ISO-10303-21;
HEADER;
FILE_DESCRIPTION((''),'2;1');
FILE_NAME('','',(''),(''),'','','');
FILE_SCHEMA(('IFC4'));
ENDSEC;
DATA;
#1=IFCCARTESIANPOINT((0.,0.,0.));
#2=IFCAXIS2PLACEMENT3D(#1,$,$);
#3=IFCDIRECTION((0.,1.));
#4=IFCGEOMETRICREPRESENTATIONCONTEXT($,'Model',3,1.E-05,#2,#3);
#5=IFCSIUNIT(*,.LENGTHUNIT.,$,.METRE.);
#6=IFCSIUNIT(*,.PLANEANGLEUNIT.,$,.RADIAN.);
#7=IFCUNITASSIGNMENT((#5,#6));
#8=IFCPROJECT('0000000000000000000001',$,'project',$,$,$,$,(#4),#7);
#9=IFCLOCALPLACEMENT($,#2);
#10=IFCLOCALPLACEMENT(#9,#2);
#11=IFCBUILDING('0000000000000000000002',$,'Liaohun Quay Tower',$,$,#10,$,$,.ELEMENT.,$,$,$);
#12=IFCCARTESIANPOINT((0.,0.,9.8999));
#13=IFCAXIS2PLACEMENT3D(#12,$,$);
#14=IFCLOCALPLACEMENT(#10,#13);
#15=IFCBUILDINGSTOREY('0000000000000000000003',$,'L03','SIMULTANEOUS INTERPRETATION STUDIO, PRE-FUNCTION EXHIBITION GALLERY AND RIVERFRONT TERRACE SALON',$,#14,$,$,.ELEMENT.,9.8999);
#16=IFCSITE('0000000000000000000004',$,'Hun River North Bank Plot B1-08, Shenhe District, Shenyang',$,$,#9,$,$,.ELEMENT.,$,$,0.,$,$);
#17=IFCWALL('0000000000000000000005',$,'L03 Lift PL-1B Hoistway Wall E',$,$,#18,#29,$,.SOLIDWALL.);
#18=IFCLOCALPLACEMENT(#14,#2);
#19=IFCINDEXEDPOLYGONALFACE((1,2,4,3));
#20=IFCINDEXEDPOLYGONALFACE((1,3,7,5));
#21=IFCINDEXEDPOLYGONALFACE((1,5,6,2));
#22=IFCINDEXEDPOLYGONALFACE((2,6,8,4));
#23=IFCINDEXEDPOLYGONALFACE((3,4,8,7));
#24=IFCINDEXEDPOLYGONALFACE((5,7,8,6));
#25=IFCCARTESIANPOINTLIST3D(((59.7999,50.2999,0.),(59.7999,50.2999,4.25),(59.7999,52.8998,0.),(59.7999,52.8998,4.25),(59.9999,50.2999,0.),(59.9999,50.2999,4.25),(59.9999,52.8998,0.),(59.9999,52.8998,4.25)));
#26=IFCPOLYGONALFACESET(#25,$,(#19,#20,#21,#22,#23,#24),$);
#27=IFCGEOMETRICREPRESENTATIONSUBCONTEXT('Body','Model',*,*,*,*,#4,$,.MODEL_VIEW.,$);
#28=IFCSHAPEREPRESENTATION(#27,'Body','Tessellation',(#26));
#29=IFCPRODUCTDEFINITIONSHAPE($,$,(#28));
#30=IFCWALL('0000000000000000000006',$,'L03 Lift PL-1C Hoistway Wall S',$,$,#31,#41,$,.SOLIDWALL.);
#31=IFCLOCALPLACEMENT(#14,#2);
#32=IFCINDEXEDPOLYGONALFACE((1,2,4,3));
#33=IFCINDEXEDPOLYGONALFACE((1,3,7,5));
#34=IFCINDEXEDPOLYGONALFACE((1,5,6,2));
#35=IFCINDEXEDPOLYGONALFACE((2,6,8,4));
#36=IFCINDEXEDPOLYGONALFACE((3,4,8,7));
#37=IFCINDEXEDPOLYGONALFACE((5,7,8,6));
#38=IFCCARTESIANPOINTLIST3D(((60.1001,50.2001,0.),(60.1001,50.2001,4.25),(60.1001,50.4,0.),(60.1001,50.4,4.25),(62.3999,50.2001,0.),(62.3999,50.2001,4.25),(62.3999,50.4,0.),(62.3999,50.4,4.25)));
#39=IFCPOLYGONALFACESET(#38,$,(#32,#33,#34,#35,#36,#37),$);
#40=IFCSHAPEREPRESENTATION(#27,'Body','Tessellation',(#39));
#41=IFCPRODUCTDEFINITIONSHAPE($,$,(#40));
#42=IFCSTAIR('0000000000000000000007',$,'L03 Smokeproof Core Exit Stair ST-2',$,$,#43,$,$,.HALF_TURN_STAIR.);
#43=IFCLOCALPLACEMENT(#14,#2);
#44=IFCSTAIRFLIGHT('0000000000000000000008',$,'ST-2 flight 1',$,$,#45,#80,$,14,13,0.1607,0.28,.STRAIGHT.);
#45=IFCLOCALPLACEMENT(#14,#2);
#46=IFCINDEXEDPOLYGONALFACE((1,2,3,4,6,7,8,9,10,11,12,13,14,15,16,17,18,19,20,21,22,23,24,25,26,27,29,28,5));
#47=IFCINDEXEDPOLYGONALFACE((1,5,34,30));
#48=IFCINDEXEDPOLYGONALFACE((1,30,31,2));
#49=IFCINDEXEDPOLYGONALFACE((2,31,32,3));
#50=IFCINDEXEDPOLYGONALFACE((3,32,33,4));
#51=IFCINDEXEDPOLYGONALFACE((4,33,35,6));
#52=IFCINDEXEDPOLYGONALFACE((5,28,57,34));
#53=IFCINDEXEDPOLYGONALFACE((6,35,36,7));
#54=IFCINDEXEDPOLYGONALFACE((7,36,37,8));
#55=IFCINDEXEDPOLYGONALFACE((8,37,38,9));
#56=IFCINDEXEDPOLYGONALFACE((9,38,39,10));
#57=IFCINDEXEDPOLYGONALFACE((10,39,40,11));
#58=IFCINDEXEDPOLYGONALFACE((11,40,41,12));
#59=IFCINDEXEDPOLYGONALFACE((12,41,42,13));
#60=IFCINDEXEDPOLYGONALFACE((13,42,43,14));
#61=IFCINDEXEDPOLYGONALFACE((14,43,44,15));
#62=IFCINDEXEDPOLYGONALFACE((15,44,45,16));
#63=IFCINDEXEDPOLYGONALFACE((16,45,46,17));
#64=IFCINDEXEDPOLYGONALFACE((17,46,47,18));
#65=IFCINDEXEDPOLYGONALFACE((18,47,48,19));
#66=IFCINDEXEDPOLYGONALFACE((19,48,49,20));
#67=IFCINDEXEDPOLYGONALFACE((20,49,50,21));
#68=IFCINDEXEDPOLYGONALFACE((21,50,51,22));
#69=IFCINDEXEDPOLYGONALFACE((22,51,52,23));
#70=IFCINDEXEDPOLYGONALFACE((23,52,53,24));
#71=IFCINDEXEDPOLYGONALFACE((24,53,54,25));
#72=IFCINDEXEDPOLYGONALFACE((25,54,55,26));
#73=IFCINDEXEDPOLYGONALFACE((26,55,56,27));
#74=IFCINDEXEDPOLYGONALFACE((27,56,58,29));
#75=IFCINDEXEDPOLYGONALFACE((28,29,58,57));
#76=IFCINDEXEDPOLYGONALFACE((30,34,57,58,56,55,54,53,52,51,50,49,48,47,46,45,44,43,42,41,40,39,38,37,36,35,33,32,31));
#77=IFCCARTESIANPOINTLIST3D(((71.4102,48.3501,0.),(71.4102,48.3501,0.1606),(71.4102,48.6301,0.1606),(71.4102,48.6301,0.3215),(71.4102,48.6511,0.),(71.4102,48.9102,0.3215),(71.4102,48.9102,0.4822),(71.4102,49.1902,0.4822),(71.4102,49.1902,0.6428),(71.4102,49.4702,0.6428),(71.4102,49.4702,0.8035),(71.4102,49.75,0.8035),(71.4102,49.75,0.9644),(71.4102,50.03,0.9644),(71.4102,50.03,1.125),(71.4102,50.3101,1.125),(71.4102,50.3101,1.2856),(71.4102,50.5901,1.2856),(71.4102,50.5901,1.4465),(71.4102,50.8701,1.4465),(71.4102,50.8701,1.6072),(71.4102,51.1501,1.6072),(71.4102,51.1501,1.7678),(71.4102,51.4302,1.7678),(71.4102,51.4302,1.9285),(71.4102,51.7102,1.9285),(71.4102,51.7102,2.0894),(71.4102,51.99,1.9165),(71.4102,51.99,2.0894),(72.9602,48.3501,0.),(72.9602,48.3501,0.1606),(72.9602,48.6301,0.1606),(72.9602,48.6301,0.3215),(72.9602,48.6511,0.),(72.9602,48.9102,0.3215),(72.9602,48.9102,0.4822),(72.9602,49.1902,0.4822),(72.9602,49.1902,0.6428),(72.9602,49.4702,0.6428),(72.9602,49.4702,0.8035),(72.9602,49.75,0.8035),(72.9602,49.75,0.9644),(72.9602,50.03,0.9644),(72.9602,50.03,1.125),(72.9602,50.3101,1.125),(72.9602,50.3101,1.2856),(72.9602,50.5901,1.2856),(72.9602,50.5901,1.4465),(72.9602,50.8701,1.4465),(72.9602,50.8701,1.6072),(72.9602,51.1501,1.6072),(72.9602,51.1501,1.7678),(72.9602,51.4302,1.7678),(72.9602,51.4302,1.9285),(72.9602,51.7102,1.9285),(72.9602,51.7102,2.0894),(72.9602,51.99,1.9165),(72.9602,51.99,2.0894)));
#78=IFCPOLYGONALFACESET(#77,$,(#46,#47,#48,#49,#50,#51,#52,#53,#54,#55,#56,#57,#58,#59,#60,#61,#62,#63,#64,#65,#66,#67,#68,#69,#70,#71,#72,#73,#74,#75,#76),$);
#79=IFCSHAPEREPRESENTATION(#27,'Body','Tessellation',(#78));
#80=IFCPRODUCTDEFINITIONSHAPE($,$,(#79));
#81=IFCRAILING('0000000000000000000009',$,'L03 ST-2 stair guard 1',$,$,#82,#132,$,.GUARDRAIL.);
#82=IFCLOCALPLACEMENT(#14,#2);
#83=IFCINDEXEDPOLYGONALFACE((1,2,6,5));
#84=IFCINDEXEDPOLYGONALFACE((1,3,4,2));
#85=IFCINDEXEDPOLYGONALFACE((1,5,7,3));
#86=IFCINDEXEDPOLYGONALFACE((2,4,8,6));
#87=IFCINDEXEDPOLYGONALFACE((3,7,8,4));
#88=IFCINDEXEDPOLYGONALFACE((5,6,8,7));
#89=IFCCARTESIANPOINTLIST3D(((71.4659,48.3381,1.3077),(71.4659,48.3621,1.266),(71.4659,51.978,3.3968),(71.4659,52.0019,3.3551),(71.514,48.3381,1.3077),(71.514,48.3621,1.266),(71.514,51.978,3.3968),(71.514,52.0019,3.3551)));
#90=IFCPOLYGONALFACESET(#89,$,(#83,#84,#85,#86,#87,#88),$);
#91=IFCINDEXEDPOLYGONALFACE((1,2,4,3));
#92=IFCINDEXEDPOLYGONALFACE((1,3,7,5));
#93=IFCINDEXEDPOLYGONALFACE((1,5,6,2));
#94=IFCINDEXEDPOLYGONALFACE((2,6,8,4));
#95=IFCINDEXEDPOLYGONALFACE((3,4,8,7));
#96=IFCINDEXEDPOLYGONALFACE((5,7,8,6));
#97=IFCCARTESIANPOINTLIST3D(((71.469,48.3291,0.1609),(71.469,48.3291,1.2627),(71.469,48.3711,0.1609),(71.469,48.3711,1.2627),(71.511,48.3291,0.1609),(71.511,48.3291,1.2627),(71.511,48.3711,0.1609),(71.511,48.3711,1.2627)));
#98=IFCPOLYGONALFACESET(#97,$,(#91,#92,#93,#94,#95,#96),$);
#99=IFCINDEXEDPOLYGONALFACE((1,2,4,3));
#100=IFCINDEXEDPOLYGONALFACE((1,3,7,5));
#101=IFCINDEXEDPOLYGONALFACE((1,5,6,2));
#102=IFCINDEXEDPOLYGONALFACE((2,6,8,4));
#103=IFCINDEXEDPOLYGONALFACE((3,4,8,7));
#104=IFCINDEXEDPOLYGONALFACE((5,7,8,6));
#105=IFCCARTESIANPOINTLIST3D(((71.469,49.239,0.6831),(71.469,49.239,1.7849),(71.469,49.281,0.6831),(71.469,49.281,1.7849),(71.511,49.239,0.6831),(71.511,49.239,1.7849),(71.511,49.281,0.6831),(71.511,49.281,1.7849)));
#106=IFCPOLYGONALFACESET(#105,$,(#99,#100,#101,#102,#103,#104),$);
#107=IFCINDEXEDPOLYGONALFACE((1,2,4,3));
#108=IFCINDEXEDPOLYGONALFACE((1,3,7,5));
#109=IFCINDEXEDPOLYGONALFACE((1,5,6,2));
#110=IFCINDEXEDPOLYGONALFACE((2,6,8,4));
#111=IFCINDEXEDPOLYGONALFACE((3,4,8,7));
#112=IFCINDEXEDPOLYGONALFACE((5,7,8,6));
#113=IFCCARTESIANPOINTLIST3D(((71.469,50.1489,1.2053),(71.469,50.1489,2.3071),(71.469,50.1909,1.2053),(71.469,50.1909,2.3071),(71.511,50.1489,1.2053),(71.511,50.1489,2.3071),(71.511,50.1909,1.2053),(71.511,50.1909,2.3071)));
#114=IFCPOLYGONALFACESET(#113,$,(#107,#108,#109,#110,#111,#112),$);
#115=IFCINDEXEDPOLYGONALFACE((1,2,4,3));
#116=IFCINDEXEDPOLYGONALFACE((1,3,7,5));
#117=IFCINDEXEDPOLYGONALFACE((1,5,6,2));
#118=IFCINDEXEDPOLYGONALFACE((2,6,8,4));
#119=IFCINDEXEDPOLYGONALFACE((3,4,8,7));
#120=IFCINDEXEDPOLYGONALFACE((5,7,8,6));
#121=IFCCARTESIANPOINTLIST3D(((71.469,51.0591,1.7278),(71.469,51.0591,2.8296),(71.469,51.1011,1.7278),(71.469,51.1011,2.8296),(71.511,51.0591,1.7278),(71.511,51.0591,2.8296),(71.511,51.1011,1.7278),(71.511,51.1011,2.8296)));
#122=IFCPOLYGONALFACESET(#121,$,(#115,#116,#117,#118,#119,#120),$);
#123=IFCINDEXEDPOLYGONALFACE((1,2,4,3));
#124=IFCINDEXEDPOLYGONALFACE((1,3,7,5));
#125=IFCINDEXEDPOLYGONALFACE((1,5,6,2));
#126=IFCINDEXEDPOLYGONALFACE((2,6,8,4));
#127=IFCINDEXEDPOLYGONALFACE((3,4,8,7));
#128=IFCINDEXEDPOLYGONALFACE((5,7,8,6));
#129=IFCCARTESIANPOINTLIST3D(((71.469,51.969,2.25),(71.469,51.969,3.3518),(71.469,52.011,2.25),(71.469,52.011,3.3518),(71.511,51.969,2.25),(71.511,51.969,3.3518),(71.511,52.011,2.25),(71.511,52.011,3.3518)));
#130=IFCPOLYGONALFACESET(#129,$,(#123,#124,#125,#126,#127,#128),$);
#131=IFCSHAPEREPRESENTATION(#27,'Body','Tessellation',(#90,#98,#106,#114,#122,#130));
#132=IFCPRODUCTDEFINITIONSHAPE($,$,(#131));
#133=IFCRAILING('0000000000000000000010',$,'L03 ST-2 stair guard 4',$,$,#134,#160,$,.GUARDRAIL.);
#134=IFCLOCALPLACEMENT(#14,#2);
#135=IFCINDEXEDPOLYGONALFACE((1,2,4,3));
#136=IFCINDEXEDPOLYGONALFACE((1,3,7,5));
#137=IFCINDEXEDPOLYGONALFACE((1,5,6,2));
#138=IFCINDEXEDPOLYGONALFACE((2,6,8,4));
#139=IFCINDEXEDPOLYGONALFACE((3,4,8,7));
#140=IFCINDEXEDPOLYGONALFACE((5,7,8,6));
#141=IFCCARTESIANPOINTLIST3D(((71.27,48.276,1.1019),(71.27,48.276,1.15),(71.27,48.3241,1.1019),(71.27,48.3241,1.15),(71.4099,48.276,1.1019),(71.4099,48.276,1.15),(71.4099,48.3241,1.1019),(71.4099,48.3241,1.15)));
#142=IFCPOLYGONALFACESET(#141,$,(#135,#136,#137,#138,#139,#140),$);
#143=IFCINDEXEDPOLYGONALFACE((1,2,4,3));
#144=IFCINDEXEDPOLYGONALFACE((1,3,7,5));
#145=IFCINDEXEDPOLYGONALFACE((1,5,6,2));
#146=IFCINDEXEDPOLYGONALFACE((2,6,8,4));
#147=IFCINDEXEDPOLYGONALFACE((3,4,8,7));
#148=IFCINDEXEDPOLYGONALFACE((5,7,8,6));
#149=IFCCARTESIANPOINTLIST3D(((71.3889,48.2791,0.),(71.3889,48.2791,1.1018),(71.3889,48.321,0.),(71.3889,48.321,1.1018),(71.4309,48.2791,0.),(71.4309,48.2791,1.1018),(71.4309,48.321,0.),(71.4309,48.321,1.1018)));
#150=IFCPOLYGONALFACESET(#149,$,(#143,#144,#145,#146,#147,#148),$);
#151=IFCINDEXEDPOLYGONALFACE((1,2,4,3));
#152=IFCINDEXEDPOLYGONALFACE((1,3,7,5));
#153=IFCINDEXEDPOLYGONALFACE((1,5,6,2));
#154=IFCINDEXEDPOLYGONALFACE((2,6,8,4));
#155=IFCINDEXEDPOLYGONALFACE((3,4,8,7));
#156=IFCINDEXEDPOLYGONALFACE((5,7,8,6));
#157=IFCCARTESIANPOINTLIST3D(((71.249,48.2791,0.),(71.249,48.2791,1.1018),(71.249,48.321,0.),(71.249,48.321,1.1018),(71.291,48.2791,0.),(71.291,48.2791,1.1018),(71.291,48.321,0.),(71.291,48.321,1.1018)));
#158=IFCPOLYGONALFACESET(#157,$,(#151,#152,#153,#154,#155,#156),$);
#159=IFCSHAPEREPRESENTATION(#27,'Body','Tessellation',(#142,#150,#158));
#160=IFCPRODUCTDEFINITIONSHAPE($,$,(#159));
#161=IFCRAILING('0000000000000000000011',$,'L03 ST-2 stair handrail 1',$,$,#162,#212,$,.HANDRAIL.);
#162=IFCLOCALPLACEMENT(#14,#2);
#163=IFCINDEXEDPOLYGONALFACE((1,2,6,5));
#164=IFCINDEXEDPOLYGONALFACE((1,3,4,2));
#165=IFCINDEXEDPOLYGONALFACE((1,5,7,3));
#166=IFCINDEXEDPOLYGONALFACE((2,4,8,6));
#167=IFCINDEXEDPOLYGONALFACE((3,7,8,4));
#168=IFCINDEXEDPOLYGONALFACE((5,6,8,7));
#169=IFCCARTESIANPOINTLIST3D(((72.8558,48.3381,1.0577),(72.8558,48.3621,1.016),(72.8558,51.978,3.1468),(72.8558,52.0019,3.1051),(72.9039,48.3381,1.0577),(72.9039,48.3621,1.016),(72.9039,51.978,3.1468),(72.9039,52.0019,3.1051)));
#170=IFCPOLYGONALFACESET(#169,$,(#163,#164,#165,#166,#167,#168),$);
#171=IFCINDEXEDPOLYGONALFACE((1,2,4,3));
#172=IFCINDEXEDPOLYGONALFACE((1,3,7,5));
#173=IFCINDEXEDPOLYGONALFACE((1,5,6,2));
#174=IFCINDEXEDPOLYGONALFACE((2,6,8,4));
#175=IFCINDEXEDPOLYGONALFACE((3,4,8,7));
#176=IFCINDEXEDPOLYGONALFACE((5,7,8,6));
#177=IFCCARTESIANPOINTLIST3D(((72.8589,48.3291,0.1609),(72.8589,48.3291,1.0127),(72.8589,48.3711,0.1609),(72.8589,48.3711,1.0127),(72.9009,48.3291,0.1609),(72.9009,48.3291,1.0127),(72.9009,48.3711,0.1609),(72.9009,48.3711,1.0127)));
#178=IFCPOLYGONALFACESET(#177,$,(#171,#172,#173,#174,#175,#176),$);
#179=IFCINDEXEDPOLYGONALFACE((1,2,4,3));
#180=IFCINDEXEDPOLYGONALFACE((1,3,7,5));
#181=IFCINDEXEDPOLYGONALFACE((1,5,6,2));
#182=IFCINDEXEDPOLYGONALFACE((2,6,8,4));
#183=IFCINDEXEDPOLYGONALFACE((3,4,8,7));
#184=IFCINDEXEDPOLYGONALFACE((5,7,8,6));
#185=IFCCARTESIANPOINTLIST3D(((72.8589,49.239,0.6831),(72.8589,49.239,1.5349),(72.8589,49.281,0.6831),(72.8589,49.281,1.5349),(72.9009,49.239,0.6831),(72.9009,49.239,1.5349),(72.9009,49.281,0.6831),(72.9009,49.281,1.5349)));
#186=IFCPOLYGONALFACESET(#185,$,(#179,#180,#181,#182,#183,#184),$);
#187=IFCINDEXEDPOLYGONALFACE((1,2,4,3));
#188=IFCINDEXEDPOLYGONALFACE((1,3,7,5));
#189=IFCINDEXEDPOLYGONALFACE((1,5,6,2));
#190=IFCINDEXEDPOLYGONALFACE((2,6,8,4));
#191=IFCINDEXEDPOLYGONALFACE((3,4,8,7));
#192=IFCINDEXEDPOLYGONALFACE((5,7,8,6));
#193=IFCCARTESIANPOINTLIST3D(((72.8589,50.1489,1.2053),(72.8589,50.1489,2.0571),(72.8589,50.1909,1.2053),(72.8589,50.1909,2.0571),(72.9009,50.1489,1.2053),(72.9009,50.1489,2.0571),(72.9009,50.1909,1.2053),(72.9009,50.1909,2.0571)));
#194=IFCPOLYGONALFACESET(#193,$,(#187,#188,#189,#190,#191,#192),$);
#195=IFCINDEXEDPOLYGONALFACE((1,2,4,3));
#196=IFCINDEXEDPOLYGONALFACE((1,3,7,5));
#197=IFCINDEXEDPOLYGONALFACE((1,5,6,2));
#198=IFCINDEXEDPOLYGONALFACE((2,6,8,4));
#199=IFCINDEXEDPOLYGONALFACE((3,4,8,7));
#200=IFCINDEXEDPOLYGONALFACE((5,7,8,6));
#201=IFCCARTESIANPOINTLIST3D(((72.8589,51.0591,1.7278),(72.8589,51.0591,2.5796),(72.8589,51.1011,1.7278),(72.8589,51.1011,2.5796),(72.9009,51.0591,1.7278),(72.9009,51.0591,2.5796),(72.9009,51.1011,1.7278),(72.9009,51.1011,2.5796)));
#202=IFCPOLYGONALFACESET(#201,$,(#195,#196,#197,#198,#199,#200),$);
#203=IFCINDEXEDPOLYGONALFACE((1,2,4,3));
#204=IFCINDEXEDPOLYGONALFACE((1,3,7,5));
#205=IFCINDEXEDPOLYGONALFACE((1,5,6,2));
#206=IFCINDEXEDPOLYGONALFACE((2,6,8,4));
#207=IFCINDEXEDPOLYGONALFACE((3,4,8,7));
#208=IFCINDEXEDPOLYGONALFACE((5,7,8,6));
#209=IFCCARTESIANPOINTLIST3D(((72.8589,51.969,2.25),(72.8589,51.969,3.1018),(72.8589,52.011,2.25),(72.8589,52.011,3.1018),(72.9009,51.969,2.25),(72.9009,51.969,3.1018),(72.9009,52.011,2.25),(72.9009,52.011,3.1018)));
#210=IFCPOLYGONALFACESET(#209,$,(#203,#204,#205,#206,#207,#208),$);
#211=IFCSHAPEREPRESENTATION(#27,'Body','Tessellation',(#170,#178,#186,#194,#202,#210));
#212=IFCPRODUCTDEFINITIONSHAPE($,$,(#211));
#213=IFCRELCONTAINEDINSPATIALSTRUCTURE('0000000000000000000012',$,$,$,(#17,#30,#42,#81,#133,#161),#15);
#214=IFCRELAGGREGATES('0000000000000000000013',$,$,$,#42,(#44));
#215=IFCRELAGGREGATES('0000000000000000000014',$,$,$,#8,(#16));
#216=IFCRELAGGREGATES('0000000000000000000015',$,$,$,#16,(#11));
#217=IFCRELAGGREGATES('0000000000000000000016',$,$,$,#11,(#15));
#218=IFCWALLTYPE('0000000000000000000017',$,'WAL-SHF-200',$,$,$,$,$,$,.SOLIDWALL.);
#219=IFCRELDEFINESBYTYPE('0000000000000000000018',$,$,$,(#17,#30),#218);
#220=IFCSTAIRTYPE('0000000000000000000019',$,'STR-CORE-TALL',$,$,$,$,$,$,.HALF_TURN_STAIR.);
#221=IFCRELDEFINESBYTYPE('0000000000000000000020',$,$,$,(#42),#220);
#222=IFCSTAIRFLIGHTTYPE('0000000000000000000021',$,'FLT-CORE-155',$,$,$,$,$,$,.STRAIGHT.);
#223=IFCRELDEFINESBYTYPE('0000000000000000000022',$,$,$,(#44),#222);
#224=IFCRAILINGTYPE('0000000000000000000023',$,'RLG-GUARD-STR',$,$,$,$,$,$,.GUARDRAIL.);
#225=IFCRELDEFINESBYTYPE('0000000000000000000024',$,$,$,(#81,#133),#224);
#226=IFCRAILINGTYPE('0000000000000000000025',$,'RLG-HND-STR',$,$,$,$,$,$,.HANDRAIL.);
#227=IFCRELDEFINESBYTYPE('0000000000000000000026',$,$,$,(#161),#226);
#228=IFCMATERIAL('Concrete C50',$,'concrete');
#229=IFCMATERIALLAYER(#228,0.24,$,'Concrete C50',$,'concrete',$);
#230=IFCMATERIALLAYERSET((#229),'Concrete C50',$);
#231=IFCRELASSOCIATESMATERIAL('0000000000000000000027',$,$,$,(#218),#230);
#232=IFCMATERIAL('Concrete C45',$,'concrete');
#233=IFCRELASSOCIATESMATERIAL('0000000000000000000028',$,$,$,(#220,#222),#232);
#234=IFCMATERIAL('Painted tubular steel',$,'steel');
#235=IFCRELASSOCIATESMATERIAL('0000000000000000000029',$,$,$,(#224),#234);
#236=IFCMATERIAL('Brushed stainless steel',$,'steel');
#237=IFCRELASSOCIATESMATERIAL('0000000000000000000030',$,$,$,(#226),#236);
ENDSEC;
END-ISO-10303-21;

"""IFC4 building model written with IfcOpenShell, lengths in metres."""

from ifc_helpers import new_model, si_unit, direction, frame, frame_2d, origin, origin_2d, place, context, subcontext, project, spatial, polyline, rectangle, outline, extrude, material, layer, layer_set, type_object, element, aggregate, save


model = new_model("IFC4")

# Units and contexts
model_context = context("Model", 3, precision=1e-05, world=origin(), true_north=direction((0.0, 1.0)))
body_context = subcontext(model_context, "Body", "Model", "MODEL_VIEW")
ifc_project = project(units=[si_unit("LENGTHUNIT", "METRE"), si_unit("PLANEANGLEUNIT", "RADIAN")], contexts=[model_context])

# Site, building, storey
site_placement = place(None, origin())
site = spatial("IfcSite", under=ifc_project, at=site_placement, Name="Hun River North Bank Plot B1-08, Shenhe District, Shenyang", CompositionType="ELEMENT", RefElevation=0.0)
building_placement = place(site_placement, origin())
building = spatial("IfcBuilding", under=site, at=building_placement, Name="Liaohun Quay Tower", CompositionType="ELEMENT")
storey_placement = place(building_placement, frame((0.0, 0.0, 9.8999)))
storey = spatial("IfcBuildingStorey", under=building, at=storey_placement, Name="L03", Description="SIMULTANEOUS INTERPRETATION STUDIO, PRE-FUNCTION EXHIBITION GALLERY AND RIVERFRONT TERRACE SALON", CompositionType="ELEMENT", Elevation=9.8999)

# Shared definitions
ifc_material_1 = material(Name="Concrete C50", Category="concrete")
ifc_layer_1 = layer(ifc_material_1, 0.24, Name="Concrete C50", Category="concrete")
ifc_layer_set_1 = layer_set([ifc_layer_1], Name="Concrete C50")
wall_type_1 = type_object("IfcWallType", Name="WAL-SHF-200", PredefinedType="SOLIDWALL", material=ifc_layer_set_1)

# Walls
wall_1_placement = place(storey_placement, frame((59.8999, 50.3, 0.0), z_axis=(0.0, 0.0, 1.0), x_axis=(0.0, 1.0, 0.0)))
element("IfcWall", 1, at=wall_1_placement, inside=storey, type_object=wall_type_1, Name="L03 Lift PL-1B Hoistway Wall E", PredefinedType="SOLIDWALL", context=body_context, shape_type="SweptSolid", body=[
    extrude(rectangle(XDim=2.5999, YDim=0.2, at=frame_2d((1.2998, 0.0))), origin(), (0.0, 0.0, 1.0), 4.25),
])
wall_2_placement = place(storey_placement, frame((60.1001, 50.3, 0.0), z_axis=(0.0, 0.0, 1.0), x_axis=(1.0, 0.0, 0.0)))
element("IfcWall", 2, at=wall_2_placement, inside=storey, type_object=wall_type_1, Name="L03 Lift PL-1C Hoistway Wall S", PredefinedType="SOLIDWALL", context=body_context, shape_type="SweptSolid", body=[
    extrude(rectangle(XDim=2.2998, YDim=0.2, at=frame_2d((1.1499, 0.0))), origin(), (0.0, 0.0, 1.0), 4.25),
])

# Stair, stair flight
ifc_material_2 = material(Name="Concrete C45", Category="concrete")
stair_type = type_object("IfcStairType", Name="STR-CORE-TALL", PredefinedType="HALF_TURN_STAIR", material=ifc_material_2)
stair_placement = place(storey_placement, origin())
stair = element("IfcStair", 3, at=stair_placement, inside=storey, type_object=stair_type, Name="L03 Smokeproof Core Exit Stair ST-2", PredefinedType="HALF_TURN_STAIR")
stair_flight_type = type_object("IfcStairFlightType", Name="FLT-CORE-155", PredefinedType="STRAIGHT", material=ifc_material_2)
stair_flight_placement = place(storey_placement, frame((72.1851, 48.3501, 0.0), z_axis=(0.0, 0.0, 1.0), x_axis=(0.0, 1.0, 0.0)))
stair_flight = element("IfcStairFlight", 4, at=stair_flight_placement, type_object=stair_flight_type, Name="ST-2 flight 1", NumberOfRisers=14, NumberOfTreads=13, PredefinedType="STRAIGHT", RiserHeight=0.1607, TreadLength=0.28, context=body_context, shape_type="SweptSolid", body=[
    extrude(outline(polyline([(0.0, 0.0), (0.0, 0.1606), (0.28, 0.1606), (0.28, 0.3215), (0.5601, 0.3215), (0.5601, 0.4822), (0.8401, 0.4822), (0.8401, 0.6428), (1.1201, 0.6428), (1.1201, 0.8035), (1.3999, 0.8035), (1.3999, 0.9644), (1.6799, 0.9644), (1.6799, 1.125), (1.96, 1.125), (1.96, 1.2856), (2.24, 1.2856), (2.24, 1.4465), (2.52, 1.4465), (2.52, 1.6072), (2.8, 1.6072), (2.8, 1.7678), (3.0801, 1.7678), (3.0801, 1.9285), (3.3601, 1.9285), (3.3601, 2.0894), (3.6399, 2.0894), (3.6399, 2.25), (3.6399, 1.9165), (0.301, 0.0), (0.0, 0.0)])), frame((0.0, 0.7749, 0.0), z_axis=(0.0, -1.0, 0.0), x_axis=(1.0, 0.0, 0.0)), (0.0, 0.0, 1.0), 1.55),
])
aggregate(stair, [stair_flight])

# Railings
ifc_material_3 = material(Name="Painted tubular steel", Category="steel")
railing_type_1 = type_object("IfcRailingType", Name="RLG-GUARD-STR", PredefinedType="GUARDRAIL", material=ifc_material_3)
railing_1_placement = place(storey_placement, frame((71.49, 48.3501, 0.1609)))
element("IfcRailing", 5, at=railing_1_placement, inside=storey, type_object=railing_type_1, Name="L03 ST-2 stair guard 1", PredefinedType="GUARDRAIL", context=body_context, shape_type="SweptSolid", body=[
    extrude(rectangle(XDim=0.0481, YDim=0.0481, at=origin_2d()), frame((0.0, 0.0, 1.126), z_axis=(0.0, 0.8673, 0.497786), x_axis=(-1.0, 0.0, 0.0)), (0.0, 0.0, 1.0), 4.1968),
    extrude(rectangle(XDim=0.042, YDim=0.042, at=origin_2d()), origin(), (0.0, 0.0, 1.0), 1.1018),
    extrude(rectangle(XDim=0.042, YDim=0.042, at=origin_2d()), frame((0.0, 0.9099, 0.5222)), (0.0, 0.0, 1.0), 1.1018),
    extrude(rectangle(XDim=0.042, YDim=0.042, at=origin_2d()), frame((0.0, 1.8198, 1.0444)), (0.0, 0.0, 1.0), 1.1018),
    extrude(rectangle(XDim=0.042, YDim=0.042, at=origin_2d()), frame((0.0, 2.73, 1.5669)), (0.0, 0.0, 1.0), 1.1018),
    extrude(rectangle(XDim=0.042, YDim=0.042, at=origin_2d()), frame((0.0, 3.6399, 2.0891)), (0.0, 0.0, 1.0), 1.1018),
])
railing_2_placement = place(storey_placement, frame((71.4099, 48.3, 0.0)))
element("IfcRailing", 6, at=railing_2_placement, inside=storey, type_object=railing_type_1, Name="L03 ST-2 stair guard 4", PredefinedType="GUARDRAIL", context=body_context, shape_type="SweptSolid", body=[
    extrude(rectangle(XDim=0.0481, YDim=0.0481, at=origin_2d()), frame((0.0, 0.0, 1.126), z_axis=(-1.0, 0.0, 0.0), x_axis=(0.0, -1.0, 0.0)), (0.0, 0.0, 1.0), 0.1399),
    extrude(rectangle(XDim=0.042, YDim=0.042, at=origin_2d()), origin(), (0.0, 0.0, 1.0), 1.1018),
    extrude(rectangle(XDim=0.042, YDim=0.042, at=origin_2d()), frame((-0.1399, 0.0, 0.0)), (0.0, 0.0, 1.0), 1.1018),
])
ifc_material_4 = material(Name="Brushed stainless steel", Category="steel")
railing_type_2 = type_object("IfcRailingType", Name="RLG-HND-STR", PredefinedType="HANDRAIL", material=ifc_material_4)
railing_3_placement = place(storey_placement, frame((72.8799, 48.3501, 0.1609)))
element("IfcRailing", 7, at=railing_3_placement, inside=storey, type_object=railing_type_2, Name="L03 ST-2 stair handrail 1", PredefinedType="HANDRAIL", context=body_context, shape_type="SweptSolid", body=[
    extrude(rectangle(XDim=0.0481, YDim=0.0481, at=origin_2d()), frame((0.0, 0.0, 0.876), z_axis=(0.0, 0.8673, 0.497786), x_axis=(-1.0, 0.0, 0.0)), (0.0, 0.0, 1.0), 4.1968),
    extrude(rectangle(XDim=0.042, YDim=0.042, at=origin_2d()), origin(), (0.0, 0.0, 1.0), 0.8518),
    extrude(rectangle(XDim=0.042, YDim=0.042, at=origin_2d()), frame((0.0, 0.9099, 0.5222)), (0.0, 0.0, 1.0), 0.8518),
    extrude(rectangle(XDim=0.042, YDim=0.042, at=origin_2d()), frame((0.0, 1.8198, 1.0444)), (0.0, 0.0, 1.0), 0.8518),
    extrude(rectangle(XDim=0.042, YDim=0.042, at=origin_2d()), frame((0.0, 2.73, 1.5669)), (0.0, 0.0, 1.0), 0.8518),
    extrude(rectangle(XDim=0.042, YDim=0.042, at=origin_2d()), frame((0.0, 3.6399, 2.0891)), (0.0, 0.0, 1.0), 0.8518),
])

save(model, "model.ifc")
